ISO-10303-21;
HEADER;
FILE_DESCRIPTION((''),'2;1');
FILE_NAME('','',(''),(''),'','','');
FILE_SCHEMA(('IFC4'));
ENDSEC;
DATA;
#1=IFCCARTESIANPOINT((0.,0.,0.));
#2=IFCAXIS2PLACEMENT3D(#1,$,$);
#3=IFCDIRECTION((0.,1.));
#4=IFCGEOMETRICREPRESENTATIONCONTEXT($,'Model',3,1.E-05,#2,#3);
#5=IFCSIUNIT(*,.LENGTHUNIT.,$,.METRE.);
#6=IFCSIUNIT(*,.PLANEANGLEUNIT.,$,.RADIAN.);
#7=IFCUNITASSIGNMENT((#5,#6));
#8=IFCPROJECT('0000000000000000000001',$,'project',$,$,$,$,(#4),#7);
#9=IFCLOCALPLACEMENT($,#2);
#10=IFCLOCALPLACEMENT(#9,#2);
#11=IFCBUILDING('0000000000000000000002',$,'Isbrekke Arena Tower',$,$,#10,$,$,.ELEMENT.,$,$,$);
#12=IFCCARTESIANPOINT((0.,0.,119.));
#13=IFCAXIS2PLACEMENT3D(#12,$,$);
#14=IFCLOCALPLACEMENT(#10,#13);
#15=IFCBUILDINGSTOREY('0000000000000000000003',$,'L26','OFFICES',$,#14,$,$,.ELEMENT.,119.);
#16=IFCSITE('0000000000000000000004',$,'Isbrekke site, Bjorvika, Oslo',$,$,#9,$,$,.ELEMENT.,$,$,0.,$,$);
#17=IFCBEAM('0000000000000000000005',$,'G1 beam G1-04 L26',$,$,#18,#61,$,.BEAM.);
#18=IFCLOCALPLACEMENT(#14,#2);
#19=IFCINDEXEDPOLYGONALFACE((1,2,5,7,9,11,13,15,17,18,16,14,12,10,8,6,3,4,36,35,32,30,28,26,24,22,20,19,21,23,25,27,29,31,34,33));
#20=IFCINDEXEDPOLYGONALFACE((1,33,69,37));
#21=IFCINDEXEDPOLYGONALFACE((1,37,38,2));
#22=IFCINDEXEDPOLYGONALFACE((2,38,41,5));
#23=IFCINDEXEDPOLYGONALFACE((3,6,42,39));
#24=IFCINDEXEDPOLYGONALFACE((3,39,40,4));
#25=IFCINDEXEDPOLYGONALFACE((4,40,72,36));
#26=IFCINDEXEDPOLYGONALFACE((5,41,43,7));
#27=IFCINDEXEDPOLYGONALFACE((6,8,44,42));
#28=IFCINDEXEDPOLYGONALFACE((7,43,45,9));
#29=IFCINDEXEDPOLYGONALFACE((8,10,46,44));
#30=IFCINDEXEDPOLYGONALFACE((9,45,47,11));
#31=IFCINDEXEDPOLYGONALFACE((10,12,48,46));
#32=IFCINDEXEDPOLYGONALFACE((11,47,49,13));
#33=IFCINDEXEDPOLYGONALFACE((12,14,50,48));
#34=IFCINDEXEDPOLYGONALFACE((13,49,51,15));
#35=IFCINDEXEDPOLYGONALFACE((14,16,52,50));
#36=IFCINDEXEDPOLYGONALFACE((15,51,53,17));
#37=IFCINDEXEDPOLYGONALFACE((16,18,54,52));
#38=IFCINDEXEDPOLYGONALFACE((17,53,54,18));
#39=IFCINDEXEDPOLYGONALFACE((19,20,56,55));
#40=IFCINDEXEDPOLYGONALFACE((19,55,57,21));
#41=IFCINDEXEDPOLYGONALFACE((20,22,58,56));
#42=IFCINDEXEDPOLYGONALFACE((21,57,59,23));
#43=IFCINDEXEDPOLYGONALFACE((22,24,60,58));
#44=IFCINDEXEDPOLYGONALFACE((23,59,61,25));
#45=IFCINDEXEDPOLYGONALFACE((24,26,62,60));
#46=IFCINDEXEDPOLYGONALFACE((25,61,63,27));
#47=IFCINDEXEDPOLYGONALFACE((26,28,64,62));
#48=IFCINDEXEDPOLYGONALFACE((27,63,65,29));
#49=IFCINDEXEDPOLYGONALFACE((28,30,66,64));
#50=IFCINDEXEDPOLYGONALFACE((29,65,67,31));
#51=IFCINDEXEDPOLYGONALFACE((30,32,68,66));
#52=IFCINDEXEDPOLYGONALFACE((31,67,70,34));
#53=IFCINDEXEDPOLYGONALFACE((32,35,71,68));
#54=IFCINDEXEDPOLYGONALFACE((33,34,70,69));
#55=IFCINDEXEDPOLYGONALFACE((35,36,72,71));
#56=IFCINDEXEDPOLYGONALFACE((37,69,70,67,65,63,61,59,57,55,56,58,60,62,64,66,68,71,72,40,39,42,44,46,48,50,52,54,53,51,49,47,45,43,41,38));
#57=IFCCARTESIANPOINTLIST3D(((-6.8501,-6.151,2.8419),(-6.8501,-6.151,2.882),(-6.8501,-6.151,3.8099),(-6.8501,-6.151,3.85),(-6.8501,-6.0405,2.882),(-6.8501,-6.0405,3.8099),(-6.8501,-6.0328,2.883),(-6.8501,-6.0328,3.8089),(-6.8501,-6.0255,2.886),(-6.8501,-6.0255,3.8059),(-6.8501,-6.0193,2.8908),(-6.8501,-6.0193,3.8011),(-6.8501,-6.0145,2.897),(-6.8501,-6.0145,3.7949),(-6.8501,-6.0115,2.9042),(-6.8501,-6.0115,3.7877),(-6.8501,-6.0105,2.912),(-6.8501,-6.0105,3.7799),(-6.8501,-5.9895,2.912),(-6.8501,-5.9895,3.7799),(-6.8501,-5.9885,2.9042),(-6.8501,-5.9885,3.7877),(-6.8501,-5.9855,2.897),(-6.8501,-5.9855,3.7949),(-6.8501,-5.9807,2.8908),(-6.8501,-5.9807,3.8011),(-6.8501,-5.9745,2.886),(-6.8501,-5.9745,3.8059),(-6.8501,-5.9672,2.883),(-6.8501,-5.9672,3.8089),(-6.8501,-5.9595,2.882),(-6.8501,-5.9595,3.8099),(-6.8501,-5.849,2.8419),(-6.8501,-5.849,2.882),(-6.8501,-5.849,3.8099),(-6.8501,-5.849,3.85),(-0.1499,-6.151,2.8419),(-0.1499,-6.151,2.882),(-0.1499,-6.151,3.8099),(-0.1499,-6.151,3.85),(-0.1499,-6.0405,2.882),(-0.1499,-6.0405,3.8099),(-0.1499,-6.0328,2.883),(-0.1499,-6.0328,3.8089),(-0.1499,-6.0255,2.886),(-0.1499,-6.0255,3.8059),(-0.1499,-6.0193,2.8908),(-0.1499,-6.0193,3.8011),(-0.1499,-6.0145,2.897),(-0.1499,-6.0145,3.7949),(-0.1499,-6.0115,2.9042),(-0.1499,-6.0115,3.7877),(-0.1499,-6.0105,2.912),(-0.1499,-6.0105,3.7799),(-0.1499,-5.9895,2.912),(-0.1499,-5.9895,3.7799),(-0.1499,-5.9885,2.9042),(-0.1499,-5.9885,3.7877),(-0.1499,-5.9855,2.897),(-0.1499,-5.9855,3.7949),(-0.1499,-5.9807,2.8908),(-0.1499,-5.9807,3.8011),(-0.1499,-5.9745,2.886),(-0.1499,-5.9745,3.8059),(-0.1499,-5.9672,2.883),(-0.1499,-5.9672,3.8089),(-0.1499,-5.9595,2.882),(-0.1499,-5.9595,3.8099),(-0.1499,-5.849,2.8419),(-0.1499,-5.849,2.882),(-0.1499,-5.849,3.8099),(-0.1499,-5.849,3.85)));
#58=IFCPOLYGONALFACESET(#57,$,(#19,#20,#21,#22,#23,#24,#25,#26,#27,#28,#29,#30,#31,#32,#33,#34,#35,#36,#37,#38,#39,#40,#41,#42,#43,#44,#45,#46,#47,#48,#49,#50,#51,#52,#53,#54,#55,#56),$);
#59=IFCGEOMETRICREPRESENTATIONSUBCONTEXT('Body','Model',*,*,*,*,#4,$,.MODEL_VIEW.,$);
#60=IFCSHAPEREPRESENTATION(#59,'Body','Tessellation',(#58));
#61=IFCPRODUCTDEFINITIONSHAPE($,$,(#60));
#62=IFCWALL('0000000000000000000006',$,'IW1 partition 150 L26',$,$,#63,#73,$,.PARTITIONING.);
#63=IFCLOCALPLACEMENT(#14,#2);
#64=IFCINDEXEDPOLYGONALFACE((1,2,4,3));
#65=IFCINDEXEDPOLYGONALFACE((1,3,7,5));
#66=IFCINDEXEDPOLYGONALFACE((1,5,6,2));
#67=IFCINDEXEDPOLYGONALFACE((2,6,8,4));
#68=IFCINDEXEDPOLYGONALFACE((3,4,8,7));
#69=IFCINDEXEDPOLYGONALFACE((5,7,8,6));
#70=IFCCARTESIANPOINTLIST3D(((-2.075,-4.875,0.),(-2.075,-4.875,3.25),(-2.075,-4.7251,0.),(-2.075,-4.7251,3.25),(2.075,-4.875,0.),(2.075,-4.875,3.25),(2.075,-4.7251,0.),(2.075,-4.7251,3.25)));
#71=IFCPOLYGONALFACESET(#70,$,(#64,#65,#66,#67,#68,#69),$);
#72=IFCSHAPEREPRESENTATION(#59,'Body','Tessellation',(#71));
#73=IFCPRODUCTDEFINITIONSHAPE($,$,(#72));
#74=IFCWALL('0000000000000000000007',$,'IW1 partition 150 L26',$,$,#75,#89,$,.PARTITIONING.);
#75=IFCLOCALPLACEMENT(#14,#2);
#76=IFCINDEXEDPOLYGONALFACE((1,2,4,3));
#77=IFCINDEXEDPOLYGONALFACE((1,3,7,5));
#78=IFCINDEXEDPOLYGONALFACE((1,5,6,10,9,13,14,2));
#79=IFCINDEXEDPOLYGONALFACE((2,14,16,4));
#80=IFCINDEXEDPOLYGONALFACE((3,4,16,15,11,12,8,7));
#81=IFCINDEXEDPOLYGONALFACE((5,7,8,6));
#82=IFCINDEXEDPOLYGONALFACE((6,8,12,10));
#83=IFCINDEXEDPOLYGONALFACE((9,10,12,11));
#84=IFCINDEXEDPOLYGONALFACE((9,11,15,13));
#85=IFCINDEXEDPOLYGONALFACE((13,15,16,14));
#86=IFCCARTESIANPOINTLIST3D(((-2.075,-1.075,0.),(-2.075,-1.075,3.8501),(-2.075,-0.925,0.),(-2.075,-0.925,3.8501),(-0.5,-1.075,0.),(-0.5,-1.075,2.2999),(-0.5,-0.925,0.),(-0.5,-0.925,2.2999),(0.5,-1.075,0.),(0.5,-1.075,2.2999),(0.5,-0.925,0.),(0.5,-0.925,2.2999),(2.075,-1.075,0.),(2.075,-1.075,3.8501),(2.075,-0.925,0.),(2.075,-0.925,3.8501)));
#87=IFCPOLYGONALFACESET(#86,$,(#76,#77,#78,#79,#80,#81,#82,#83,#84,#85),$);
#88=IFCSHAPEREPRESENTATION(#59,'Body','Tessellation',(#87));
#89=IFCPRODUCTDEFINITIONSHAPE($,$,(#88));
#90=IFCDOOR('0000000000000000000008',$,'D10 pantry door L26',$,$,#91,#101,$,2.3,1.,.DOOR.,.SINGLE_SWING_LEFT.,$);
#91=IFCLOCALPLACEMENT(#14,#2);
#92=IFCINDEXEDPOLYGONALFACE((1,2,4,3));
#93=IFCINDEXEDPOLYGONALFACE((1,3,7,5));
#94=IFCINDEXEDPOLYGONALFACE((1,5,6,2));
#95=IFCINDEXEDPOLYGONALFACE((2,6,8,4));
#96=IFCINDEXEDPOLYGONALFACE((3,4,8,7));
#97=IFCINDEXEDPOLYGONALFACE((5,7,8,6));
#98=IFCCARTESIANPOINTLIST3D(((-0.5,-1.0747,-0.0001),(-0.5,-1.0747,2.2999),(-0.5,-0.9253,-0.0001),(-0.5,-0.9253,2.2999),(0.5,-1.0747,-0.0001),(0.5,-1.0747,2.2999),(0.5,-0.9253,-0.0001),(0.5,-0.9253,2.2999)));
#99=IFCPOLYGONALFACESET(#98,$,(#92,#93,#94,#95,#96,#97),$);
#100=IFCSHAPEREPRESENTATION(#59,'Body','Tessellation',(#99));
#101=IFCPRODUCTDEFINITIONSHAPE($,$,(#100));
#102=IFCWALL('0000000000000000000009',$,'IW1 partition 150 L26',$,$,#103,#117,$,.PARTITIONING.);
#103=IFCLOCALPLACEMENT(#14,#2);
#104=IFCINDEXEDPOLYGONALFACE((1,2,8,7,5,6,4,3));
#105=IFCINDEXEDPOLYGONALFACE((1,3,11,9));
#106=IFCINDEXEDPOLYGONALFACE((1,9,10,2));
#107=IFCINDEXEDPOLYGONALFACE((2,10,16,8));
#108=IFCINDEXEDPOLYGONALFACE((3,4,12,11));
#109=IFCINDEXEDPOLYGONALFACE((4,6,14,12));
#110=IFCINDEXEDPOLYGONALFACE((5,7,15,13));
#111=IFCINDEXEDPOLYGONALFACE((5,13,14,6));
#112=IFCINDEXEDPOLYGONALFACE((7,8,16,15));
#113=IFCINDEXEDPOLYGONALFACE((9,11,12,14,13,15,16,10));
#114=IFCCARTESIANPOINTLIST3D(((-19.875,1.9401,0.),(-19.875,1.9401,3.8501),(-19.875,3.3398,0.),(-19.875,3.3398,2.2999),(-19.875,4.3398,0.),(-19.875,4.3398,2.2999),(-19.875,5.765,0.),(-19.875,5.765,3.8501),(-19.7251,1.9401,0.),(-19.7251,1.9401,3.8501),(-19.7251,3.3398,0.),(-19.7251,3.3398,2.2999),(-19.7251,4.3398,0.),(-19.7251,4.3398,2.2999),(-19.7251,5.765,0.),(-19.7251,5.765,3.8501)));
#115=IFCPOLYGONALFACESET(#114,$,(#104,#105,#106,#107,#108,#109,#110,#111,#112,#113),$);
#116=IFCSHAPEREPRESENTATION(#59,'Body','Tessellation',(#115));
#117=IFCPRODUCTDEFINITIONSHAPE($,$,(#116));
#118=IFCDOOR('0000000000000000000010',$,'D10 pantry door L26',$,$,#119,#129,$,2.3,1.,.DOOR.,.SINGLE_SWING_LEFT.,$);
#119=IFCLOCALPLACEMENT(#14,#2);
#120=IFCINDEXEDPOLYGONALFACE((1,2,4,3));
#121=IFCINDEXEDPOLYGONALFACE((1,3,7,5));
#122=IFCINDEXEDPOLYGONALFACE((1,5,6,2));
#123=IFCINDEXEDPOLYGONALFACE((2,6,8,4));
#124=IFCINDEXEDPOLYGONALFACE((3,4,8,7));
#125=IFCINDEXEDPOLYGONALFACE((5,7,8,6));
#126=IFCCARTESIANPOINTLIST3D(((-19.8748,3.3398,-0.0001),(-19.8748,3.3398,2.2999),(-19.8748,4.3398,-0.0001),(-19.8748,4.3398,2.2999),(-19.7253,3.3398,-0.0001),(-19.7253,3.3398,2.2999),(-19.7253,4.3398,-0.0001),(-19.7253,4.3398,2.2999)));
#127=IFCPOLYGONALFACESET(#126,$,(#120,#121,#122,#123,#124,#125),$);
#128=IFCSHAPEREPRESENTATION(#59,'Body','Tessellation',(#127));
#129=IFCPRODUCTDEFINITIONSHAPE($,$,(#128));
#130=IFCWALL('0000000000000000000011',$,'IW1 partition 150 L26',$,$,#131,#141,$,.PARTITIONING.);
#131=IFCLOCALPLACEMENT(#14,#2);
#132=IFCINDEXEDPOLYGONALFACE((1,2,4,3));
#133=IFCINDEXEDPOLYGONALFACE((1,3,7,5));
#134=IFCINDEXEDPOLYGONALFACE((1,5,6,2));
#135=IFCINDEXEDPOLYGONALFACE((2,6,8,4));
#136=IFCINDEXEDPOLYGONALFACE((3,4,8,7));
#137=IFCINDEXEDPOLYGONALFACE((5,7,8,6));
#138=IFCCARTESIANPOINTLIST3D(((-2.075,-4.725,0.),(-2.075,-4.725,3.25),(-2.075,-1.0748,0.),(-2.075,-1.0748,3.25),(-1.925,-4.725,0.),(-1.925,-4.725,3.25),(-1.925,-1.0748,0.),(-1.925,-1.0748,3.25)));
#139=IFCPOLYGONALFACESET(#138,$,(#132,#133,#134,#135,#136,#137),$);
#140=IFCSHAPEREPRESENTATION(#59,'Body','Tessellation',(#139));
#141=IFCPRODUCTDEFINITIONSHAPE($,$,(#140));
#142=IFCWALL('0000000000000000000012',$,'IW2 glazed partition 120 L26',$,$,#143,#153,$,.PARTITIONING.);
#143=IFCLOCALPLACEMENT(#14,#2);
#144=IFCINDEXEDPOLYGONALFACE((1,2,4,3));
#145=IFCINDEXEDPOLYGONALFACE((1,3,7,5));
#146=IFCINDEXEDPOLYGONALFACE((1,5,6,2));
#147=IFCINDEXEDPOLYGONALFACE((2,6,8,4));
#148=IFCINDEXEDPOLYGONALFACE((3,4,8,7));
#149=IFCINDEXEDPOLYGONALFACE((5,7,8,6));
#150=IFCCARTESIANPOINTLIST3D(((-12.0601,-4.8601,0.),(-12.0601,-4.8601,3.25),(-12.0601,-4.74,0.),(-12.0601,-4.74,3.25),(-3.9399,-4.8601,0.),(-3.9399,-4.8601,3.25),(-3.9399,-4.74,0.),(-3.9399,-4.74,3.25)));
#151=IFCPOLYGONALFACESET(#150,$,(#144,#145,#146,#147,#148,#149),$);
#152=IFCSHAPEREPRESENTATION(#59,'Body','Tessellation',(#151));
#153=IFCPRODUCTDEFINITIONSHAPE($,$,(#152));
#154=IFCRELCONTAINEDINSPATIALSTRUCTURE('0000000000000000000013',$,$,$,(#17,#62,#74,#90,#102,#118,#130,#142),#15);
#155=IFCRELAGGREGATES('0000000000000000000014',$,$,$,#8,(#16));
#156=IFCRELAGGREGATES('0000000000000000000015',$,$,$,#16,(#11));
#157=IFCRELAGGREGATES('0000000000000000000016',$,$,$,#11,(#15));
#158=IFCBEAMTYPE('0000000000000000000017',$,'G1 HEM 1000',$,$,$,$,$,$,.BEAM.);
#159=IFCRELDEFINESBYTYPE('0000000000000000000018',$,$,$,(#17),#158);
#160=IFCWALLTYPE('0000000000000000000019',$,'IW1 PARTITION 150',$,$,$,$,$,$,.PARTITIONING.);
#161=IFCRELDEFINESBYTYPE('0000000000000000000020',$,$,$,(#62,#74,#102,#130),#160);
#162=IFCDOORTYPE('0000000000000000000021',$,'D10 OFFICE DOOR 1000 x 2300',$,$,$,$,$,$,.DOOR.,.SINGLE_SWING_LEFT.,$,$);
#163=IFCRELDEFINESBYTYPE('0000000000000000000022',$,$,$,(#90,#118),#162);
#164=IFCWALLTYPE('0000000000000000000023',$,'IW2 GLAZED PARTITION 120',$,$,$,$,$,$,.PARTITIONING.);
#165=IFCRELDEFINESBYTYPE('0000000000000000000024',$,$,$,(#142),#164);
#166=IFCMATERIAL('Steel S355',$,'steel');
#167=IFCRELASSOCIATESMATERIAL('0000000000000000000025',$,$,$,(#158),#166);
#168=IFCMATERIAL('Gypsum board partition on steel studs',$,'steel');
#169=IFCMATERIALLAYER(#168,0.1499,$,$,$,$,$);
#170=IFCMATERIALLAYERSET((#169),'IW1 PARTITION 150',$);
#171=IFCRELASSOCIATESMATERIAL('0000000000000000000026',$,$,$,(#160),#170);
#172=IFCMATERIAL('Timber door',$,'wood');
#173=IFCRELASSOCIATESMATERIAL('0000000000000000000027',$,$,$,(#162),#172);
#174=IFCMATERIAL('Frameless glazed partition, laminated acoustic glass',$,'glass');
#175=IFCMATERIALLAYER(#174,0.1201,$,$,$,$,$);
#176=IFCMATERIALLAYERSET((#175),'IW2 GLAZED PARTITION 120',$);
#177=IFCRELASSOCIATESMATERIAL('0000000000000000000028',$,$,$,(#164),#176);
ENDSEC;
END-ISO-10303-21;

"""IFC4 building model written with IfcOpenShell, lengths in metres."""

from ifc_helpers import new_model, si_unit, direction, frame, frame_2d, origin, origin_2d, place, context, subcontext, project, spatial, rectangle, i_section, extrude, material, layer, layer_set, material_profile, profile_set, type_object, element, fill, save


model = new_model("IFC4")

# Units and contexts
model_context = context("Model", 3, precision=1e-05, world=origin(), true_north=direction((0.0, 1.0)))
body_context = subcontext(model_context, "Body", "Model", "MODEL_VIEW")
ifc_project = project(units=[si_unit("LENGTHUNIT", "METRE"), si_unit("PLANEANGLEUNIT", "RADIAN")], contexts=[model_context])

# Site, building, storey
site_placement = place(None, origin())
site = spatial("IfcSite", under=ifc_project, at=site_placement, Name="Isbrekke site, Bjorvika, Oslo", CompositionType="ELEMENT", RefElevation=0.0)
building_placement = place(site_placement, origin())
building = spatial("IfcBuilding", under=site, at=building_placement, Name="Isbrekke Arena Tower", CompositionType="ELEMENT")
storey_placement = place(building_placement, frame((0.0, 0.0, 119.0)))
storey = spatial("IfcBuildingStorey", under=building, at=storey_placement, Name="L26", Description="OFFICES", CompositionType="ELEMENT", Elevation=119.0)

# Beam
ifc_material_1 = material(Name="Steel S355", Category="steel")
ifc_material_profile_1 = material_profile(ifc_material_1, i_section(OverallWidth=0.302, OverallDepth=1.0081, WebThickness=0.021, FlangeThickness=0.04, FilletRadius=0.03, at=origin_2d()), Name="HEM 1000")
ifc_profile_set_1 = profile_set([ifc_material_profile_1], Name="Steel S355")
beam_type_1 = type_object("IfcBeamType", Name="G1 HEM 1000", PredefinedType="BEAM", material=ifc_profile_set_1)
for number, where, z_axis, x_axis, name in (
    (1, (-6.8501, -6.0, 3.3459), (1.0, 0.0, 0.0), (0.0, 1.0, 0.0), "G1 beam G1-04 L26"),
):
    element("IfcBeam", number, at=place(storey_placement, frame(where, z_axis=z_axis, x_axis=x_axis)), inside=storey, type_object=beam_type_1, Name=name, PredefinedType="BEAM", context=body_context, shape_type="SweptSolid", body=[
        extrude(i_section(OverallWidth=0.302, OverallDepth=1.0081, WebThickness=0.021, FlangeThickness=0.04, FilletRadius=0.03, at=origin_2d()), origin(), (0.0, 0.0, 1.0), 6.7002),
    ])

# Wall
ifc_material_2 = material(Name="Gypsum board partition on steel studs", Category="steel")
ifc_layer_1 = layer(ifc_material_2, 0.1499)
ifc_layer_set_1 = layer_set([ifc_layer_1], Name="IW1 PARTITION 150")
wall_type_1 = type_object("IfcWallType", Name="IW1 PARTITION 150", PredefinedType="PARTITIONING", material=ifc_layer_set_1)
wall_1_placement = place(storey_placement, frame((-2.075, -4.8, 0.0), z_axis=(0.0, 0.0, 1.0), x_axis=(1.0, 0.0, 0.0)))
element("IfcWall", 2, at=wall_1_placement, inside=storey, type_object=wall_type_1, Name="IW1 partition 150 L26", PredefinedType="PARTITIONING", context=body_context, shape_type="SweptSolid", body=[
    extrude(rectangle(XDim=4.1499, YDim=0.1499, at=frame_2d((2.075, 0.0))), origin(), (0.0, 0.0, 1.0), 3.25),
])

# Walls, openings, doors
wall_2_placement = place(storey_placement, frame((-2.075, -1.0, 0.0), z_axis=(0.0, 0.0, 1.0), x_axis=(1.0, 0.0, 0.0)))
wall_2 = element("IfcWall", 3, at=wall_2_placement, inside=storey, type_object=wall_type_1, Name="IW1 partition 150 L26", PredefinedType="PARTITIONING", context=body_context, shape_type="SweptSolid", body=[
    extrude(rectangle(XDim=4.1499, YDim=0.1499, at=frame_2d((2.075, 0.0))), origin(), (0.0, 0.0, 1.0), 3.8501),
])
opening_1_placement = place(wall_2_placement, frame((1.575, 0.0, 0.0)))
opening_1 = element("IfcOpeningElement", 4, at=opening_1_placement, cuts=wall_2, PredefinedType="OPENING", context=body_context, shape_type="SweptSolid", body=[
    extrude(rectangle(XDim=1.0, YDim=2.3, at=frame_2d((0.5, 1.1499))), frame((0.0, 0.0898, 0.0), z_axis=(0.0, -1.0, 0.0), x_axis=(1.0, 0.0, 0.0)), (0.0, 0.0, 1.0), 0.1797),
])
ifc_material_3 = material(Name="Timber door", Category="wood")
door_type_1 = type_object("IfcDoorType", Name="D10 OFFICE DOOR 1000 x 2300", OperationType="SINGLE_SWING_LEFT", PredefinedType="DOOR", material=ifc_material_3)
door_1_placement = place(opening_1_placement, origin())
door_1 = element("IfcDoor", 5, at=door_1_placement, inside=storey, type_object=door_type_1, Name="D10 pantry door L26", OperationType="SINGLE_SWING_LEFT", OverallHeight=2.3, OverallWidth=1.0, PredefinedType="DOOR", context=body_context, shape_type="SweptSolid", body=[
    extrude(rectangle(XDim=1.0, YDim=2.3, at=frame_2d((0.5, 1.1499))), frame((0.0, 0.0747, 0.0), z_axis=(0.0, -1.0, 0.0), x_axis=(1.0, 0.0, 0.0)), (0.0, 0.0, 1.0), 0.1494),
])
fill(opening_1, door_1)
wall_3_placement = place(storey_placement, frame((-19.8, 1.9399, 0.0), z_axis=(0.0, 0.0, 1.0), x_axis=(0.0, 1.0, 0.0)))
wall_3 = element("IfcWall", 6, at=wall_3_placement, inside=storey, type_object=wall_type_1, Name="IW1 partition 150 L26", PredefinedType="PARTITIONING", context=body_context, shape_type="SweptSolid", body=[
    extrude(rectangle(XDim=3.825, YDim=0.1499, at=frame_2d((1.9126, 0.0))), origin(), (0.0, 0.0, 1.0), 3.8501),
])
opening_2_placement = place(wall_3_placement, frame((1.3999, 0.0, 0.0)))
opening_2 = element("IfcOpeningElement", 7, at=opening_2_placement, cuts=wall_3, PredefinedType="OPENING", context=body_context, shape_type="SweptSolid", body=[
    extrude(rectangle(XDim=1.0, YDim=2.3, at=frame_2d((0.5, 1.1499))), frame((0.0, 0.0898, 0.0), z_axis=(0.0, -1.0, 0.0), x_axis=(1.0, 0.0, 0.0)), (0.0, 0.0, 1.0), 0.1797),
])
door_2_placement = place(opening_2_placement, origin())
door_2 = element("IfcDoor", 8, at=door_2_placement, inside=storey, type_object=door_type_1, Name="D10 pantry door L26", OperationType="SINGLE_SWING_LEFT", OverallHeight=2.3, OverallWidth=1.0, PredefinedType="DOOR", context=body_context, shape_type="SweptSolid", body=[
    extrude(rectangle(XDim=1.0, YDim=2.3, at=frame_2d((0.5, 1.1499))), frame((0.0, 0.0747, 0.0), z_axis=(0.0, -1.0, 0.0), x_axis=(1.0, 0.0, 0.0)), (0.0, 0.0, 1.0), 0.1494),
])
fill(opening_2, door_2)

# Walls
wall_4_placement = place(storey_placement, frame((-2.0, -4.7251, 0.0), z_axis=(0.0, 0.0, 1.0), x_axis=(0.0, 1.0, 0.0)))
element("IfcWall", 9, at=wall_4_placement, inside=storey, type_object=wall_type_1, Name="IW1 partition 150 L26", PredefinedType="PARTITIONING", context=body_context, shape_type="SweptSolid", body=[
    extrude(rectangle(XDim=3.6501, YDim=0.1499, at=frame_2d((1.8252, 0.0))), origin(), (0.0, 0.0, 1.0), 3.25),
])
ifc_material_4 = material(Name="Frameless glazed partition, laminated acoustic glass", Category="glass")
ifc_layer_2 = layer(ifc_material_4, 0.1201)
ifc_layer_set_2 = layer_set([ifc_layer_2], Name="IW2 GLAZED PARTITION 120")
wall_type_2 = type_object("IfcWallType", Name="IW2 GLAZED PARTITION 120", PredefinedType="PARTITIONING", material=ifc_layer_set_2)
wall_5_placement = place(storey_placement, frame((-12.0601, -4.8, 0.0), z_axis=(0.0, 0.0, 1.0), x_axis=(1.0, 0.0, 0.0)))
element("IfcWall", 10, at=wall_5_placement, inside=storey, type_object=wall_type_2, Name="IW2 glazed partition 120 L26", PredefinedType="PARTITIONING", context=body_context, shape_type="SweptSolid", body=[
    extrude(rectangle(XDim=8.1201, YDim=0.1201, at=frame_2d((4.0601, 0.0))), origin(), (0.0, 0.0, 1.0), 3.25),
])

save(model, "model.ifc")
